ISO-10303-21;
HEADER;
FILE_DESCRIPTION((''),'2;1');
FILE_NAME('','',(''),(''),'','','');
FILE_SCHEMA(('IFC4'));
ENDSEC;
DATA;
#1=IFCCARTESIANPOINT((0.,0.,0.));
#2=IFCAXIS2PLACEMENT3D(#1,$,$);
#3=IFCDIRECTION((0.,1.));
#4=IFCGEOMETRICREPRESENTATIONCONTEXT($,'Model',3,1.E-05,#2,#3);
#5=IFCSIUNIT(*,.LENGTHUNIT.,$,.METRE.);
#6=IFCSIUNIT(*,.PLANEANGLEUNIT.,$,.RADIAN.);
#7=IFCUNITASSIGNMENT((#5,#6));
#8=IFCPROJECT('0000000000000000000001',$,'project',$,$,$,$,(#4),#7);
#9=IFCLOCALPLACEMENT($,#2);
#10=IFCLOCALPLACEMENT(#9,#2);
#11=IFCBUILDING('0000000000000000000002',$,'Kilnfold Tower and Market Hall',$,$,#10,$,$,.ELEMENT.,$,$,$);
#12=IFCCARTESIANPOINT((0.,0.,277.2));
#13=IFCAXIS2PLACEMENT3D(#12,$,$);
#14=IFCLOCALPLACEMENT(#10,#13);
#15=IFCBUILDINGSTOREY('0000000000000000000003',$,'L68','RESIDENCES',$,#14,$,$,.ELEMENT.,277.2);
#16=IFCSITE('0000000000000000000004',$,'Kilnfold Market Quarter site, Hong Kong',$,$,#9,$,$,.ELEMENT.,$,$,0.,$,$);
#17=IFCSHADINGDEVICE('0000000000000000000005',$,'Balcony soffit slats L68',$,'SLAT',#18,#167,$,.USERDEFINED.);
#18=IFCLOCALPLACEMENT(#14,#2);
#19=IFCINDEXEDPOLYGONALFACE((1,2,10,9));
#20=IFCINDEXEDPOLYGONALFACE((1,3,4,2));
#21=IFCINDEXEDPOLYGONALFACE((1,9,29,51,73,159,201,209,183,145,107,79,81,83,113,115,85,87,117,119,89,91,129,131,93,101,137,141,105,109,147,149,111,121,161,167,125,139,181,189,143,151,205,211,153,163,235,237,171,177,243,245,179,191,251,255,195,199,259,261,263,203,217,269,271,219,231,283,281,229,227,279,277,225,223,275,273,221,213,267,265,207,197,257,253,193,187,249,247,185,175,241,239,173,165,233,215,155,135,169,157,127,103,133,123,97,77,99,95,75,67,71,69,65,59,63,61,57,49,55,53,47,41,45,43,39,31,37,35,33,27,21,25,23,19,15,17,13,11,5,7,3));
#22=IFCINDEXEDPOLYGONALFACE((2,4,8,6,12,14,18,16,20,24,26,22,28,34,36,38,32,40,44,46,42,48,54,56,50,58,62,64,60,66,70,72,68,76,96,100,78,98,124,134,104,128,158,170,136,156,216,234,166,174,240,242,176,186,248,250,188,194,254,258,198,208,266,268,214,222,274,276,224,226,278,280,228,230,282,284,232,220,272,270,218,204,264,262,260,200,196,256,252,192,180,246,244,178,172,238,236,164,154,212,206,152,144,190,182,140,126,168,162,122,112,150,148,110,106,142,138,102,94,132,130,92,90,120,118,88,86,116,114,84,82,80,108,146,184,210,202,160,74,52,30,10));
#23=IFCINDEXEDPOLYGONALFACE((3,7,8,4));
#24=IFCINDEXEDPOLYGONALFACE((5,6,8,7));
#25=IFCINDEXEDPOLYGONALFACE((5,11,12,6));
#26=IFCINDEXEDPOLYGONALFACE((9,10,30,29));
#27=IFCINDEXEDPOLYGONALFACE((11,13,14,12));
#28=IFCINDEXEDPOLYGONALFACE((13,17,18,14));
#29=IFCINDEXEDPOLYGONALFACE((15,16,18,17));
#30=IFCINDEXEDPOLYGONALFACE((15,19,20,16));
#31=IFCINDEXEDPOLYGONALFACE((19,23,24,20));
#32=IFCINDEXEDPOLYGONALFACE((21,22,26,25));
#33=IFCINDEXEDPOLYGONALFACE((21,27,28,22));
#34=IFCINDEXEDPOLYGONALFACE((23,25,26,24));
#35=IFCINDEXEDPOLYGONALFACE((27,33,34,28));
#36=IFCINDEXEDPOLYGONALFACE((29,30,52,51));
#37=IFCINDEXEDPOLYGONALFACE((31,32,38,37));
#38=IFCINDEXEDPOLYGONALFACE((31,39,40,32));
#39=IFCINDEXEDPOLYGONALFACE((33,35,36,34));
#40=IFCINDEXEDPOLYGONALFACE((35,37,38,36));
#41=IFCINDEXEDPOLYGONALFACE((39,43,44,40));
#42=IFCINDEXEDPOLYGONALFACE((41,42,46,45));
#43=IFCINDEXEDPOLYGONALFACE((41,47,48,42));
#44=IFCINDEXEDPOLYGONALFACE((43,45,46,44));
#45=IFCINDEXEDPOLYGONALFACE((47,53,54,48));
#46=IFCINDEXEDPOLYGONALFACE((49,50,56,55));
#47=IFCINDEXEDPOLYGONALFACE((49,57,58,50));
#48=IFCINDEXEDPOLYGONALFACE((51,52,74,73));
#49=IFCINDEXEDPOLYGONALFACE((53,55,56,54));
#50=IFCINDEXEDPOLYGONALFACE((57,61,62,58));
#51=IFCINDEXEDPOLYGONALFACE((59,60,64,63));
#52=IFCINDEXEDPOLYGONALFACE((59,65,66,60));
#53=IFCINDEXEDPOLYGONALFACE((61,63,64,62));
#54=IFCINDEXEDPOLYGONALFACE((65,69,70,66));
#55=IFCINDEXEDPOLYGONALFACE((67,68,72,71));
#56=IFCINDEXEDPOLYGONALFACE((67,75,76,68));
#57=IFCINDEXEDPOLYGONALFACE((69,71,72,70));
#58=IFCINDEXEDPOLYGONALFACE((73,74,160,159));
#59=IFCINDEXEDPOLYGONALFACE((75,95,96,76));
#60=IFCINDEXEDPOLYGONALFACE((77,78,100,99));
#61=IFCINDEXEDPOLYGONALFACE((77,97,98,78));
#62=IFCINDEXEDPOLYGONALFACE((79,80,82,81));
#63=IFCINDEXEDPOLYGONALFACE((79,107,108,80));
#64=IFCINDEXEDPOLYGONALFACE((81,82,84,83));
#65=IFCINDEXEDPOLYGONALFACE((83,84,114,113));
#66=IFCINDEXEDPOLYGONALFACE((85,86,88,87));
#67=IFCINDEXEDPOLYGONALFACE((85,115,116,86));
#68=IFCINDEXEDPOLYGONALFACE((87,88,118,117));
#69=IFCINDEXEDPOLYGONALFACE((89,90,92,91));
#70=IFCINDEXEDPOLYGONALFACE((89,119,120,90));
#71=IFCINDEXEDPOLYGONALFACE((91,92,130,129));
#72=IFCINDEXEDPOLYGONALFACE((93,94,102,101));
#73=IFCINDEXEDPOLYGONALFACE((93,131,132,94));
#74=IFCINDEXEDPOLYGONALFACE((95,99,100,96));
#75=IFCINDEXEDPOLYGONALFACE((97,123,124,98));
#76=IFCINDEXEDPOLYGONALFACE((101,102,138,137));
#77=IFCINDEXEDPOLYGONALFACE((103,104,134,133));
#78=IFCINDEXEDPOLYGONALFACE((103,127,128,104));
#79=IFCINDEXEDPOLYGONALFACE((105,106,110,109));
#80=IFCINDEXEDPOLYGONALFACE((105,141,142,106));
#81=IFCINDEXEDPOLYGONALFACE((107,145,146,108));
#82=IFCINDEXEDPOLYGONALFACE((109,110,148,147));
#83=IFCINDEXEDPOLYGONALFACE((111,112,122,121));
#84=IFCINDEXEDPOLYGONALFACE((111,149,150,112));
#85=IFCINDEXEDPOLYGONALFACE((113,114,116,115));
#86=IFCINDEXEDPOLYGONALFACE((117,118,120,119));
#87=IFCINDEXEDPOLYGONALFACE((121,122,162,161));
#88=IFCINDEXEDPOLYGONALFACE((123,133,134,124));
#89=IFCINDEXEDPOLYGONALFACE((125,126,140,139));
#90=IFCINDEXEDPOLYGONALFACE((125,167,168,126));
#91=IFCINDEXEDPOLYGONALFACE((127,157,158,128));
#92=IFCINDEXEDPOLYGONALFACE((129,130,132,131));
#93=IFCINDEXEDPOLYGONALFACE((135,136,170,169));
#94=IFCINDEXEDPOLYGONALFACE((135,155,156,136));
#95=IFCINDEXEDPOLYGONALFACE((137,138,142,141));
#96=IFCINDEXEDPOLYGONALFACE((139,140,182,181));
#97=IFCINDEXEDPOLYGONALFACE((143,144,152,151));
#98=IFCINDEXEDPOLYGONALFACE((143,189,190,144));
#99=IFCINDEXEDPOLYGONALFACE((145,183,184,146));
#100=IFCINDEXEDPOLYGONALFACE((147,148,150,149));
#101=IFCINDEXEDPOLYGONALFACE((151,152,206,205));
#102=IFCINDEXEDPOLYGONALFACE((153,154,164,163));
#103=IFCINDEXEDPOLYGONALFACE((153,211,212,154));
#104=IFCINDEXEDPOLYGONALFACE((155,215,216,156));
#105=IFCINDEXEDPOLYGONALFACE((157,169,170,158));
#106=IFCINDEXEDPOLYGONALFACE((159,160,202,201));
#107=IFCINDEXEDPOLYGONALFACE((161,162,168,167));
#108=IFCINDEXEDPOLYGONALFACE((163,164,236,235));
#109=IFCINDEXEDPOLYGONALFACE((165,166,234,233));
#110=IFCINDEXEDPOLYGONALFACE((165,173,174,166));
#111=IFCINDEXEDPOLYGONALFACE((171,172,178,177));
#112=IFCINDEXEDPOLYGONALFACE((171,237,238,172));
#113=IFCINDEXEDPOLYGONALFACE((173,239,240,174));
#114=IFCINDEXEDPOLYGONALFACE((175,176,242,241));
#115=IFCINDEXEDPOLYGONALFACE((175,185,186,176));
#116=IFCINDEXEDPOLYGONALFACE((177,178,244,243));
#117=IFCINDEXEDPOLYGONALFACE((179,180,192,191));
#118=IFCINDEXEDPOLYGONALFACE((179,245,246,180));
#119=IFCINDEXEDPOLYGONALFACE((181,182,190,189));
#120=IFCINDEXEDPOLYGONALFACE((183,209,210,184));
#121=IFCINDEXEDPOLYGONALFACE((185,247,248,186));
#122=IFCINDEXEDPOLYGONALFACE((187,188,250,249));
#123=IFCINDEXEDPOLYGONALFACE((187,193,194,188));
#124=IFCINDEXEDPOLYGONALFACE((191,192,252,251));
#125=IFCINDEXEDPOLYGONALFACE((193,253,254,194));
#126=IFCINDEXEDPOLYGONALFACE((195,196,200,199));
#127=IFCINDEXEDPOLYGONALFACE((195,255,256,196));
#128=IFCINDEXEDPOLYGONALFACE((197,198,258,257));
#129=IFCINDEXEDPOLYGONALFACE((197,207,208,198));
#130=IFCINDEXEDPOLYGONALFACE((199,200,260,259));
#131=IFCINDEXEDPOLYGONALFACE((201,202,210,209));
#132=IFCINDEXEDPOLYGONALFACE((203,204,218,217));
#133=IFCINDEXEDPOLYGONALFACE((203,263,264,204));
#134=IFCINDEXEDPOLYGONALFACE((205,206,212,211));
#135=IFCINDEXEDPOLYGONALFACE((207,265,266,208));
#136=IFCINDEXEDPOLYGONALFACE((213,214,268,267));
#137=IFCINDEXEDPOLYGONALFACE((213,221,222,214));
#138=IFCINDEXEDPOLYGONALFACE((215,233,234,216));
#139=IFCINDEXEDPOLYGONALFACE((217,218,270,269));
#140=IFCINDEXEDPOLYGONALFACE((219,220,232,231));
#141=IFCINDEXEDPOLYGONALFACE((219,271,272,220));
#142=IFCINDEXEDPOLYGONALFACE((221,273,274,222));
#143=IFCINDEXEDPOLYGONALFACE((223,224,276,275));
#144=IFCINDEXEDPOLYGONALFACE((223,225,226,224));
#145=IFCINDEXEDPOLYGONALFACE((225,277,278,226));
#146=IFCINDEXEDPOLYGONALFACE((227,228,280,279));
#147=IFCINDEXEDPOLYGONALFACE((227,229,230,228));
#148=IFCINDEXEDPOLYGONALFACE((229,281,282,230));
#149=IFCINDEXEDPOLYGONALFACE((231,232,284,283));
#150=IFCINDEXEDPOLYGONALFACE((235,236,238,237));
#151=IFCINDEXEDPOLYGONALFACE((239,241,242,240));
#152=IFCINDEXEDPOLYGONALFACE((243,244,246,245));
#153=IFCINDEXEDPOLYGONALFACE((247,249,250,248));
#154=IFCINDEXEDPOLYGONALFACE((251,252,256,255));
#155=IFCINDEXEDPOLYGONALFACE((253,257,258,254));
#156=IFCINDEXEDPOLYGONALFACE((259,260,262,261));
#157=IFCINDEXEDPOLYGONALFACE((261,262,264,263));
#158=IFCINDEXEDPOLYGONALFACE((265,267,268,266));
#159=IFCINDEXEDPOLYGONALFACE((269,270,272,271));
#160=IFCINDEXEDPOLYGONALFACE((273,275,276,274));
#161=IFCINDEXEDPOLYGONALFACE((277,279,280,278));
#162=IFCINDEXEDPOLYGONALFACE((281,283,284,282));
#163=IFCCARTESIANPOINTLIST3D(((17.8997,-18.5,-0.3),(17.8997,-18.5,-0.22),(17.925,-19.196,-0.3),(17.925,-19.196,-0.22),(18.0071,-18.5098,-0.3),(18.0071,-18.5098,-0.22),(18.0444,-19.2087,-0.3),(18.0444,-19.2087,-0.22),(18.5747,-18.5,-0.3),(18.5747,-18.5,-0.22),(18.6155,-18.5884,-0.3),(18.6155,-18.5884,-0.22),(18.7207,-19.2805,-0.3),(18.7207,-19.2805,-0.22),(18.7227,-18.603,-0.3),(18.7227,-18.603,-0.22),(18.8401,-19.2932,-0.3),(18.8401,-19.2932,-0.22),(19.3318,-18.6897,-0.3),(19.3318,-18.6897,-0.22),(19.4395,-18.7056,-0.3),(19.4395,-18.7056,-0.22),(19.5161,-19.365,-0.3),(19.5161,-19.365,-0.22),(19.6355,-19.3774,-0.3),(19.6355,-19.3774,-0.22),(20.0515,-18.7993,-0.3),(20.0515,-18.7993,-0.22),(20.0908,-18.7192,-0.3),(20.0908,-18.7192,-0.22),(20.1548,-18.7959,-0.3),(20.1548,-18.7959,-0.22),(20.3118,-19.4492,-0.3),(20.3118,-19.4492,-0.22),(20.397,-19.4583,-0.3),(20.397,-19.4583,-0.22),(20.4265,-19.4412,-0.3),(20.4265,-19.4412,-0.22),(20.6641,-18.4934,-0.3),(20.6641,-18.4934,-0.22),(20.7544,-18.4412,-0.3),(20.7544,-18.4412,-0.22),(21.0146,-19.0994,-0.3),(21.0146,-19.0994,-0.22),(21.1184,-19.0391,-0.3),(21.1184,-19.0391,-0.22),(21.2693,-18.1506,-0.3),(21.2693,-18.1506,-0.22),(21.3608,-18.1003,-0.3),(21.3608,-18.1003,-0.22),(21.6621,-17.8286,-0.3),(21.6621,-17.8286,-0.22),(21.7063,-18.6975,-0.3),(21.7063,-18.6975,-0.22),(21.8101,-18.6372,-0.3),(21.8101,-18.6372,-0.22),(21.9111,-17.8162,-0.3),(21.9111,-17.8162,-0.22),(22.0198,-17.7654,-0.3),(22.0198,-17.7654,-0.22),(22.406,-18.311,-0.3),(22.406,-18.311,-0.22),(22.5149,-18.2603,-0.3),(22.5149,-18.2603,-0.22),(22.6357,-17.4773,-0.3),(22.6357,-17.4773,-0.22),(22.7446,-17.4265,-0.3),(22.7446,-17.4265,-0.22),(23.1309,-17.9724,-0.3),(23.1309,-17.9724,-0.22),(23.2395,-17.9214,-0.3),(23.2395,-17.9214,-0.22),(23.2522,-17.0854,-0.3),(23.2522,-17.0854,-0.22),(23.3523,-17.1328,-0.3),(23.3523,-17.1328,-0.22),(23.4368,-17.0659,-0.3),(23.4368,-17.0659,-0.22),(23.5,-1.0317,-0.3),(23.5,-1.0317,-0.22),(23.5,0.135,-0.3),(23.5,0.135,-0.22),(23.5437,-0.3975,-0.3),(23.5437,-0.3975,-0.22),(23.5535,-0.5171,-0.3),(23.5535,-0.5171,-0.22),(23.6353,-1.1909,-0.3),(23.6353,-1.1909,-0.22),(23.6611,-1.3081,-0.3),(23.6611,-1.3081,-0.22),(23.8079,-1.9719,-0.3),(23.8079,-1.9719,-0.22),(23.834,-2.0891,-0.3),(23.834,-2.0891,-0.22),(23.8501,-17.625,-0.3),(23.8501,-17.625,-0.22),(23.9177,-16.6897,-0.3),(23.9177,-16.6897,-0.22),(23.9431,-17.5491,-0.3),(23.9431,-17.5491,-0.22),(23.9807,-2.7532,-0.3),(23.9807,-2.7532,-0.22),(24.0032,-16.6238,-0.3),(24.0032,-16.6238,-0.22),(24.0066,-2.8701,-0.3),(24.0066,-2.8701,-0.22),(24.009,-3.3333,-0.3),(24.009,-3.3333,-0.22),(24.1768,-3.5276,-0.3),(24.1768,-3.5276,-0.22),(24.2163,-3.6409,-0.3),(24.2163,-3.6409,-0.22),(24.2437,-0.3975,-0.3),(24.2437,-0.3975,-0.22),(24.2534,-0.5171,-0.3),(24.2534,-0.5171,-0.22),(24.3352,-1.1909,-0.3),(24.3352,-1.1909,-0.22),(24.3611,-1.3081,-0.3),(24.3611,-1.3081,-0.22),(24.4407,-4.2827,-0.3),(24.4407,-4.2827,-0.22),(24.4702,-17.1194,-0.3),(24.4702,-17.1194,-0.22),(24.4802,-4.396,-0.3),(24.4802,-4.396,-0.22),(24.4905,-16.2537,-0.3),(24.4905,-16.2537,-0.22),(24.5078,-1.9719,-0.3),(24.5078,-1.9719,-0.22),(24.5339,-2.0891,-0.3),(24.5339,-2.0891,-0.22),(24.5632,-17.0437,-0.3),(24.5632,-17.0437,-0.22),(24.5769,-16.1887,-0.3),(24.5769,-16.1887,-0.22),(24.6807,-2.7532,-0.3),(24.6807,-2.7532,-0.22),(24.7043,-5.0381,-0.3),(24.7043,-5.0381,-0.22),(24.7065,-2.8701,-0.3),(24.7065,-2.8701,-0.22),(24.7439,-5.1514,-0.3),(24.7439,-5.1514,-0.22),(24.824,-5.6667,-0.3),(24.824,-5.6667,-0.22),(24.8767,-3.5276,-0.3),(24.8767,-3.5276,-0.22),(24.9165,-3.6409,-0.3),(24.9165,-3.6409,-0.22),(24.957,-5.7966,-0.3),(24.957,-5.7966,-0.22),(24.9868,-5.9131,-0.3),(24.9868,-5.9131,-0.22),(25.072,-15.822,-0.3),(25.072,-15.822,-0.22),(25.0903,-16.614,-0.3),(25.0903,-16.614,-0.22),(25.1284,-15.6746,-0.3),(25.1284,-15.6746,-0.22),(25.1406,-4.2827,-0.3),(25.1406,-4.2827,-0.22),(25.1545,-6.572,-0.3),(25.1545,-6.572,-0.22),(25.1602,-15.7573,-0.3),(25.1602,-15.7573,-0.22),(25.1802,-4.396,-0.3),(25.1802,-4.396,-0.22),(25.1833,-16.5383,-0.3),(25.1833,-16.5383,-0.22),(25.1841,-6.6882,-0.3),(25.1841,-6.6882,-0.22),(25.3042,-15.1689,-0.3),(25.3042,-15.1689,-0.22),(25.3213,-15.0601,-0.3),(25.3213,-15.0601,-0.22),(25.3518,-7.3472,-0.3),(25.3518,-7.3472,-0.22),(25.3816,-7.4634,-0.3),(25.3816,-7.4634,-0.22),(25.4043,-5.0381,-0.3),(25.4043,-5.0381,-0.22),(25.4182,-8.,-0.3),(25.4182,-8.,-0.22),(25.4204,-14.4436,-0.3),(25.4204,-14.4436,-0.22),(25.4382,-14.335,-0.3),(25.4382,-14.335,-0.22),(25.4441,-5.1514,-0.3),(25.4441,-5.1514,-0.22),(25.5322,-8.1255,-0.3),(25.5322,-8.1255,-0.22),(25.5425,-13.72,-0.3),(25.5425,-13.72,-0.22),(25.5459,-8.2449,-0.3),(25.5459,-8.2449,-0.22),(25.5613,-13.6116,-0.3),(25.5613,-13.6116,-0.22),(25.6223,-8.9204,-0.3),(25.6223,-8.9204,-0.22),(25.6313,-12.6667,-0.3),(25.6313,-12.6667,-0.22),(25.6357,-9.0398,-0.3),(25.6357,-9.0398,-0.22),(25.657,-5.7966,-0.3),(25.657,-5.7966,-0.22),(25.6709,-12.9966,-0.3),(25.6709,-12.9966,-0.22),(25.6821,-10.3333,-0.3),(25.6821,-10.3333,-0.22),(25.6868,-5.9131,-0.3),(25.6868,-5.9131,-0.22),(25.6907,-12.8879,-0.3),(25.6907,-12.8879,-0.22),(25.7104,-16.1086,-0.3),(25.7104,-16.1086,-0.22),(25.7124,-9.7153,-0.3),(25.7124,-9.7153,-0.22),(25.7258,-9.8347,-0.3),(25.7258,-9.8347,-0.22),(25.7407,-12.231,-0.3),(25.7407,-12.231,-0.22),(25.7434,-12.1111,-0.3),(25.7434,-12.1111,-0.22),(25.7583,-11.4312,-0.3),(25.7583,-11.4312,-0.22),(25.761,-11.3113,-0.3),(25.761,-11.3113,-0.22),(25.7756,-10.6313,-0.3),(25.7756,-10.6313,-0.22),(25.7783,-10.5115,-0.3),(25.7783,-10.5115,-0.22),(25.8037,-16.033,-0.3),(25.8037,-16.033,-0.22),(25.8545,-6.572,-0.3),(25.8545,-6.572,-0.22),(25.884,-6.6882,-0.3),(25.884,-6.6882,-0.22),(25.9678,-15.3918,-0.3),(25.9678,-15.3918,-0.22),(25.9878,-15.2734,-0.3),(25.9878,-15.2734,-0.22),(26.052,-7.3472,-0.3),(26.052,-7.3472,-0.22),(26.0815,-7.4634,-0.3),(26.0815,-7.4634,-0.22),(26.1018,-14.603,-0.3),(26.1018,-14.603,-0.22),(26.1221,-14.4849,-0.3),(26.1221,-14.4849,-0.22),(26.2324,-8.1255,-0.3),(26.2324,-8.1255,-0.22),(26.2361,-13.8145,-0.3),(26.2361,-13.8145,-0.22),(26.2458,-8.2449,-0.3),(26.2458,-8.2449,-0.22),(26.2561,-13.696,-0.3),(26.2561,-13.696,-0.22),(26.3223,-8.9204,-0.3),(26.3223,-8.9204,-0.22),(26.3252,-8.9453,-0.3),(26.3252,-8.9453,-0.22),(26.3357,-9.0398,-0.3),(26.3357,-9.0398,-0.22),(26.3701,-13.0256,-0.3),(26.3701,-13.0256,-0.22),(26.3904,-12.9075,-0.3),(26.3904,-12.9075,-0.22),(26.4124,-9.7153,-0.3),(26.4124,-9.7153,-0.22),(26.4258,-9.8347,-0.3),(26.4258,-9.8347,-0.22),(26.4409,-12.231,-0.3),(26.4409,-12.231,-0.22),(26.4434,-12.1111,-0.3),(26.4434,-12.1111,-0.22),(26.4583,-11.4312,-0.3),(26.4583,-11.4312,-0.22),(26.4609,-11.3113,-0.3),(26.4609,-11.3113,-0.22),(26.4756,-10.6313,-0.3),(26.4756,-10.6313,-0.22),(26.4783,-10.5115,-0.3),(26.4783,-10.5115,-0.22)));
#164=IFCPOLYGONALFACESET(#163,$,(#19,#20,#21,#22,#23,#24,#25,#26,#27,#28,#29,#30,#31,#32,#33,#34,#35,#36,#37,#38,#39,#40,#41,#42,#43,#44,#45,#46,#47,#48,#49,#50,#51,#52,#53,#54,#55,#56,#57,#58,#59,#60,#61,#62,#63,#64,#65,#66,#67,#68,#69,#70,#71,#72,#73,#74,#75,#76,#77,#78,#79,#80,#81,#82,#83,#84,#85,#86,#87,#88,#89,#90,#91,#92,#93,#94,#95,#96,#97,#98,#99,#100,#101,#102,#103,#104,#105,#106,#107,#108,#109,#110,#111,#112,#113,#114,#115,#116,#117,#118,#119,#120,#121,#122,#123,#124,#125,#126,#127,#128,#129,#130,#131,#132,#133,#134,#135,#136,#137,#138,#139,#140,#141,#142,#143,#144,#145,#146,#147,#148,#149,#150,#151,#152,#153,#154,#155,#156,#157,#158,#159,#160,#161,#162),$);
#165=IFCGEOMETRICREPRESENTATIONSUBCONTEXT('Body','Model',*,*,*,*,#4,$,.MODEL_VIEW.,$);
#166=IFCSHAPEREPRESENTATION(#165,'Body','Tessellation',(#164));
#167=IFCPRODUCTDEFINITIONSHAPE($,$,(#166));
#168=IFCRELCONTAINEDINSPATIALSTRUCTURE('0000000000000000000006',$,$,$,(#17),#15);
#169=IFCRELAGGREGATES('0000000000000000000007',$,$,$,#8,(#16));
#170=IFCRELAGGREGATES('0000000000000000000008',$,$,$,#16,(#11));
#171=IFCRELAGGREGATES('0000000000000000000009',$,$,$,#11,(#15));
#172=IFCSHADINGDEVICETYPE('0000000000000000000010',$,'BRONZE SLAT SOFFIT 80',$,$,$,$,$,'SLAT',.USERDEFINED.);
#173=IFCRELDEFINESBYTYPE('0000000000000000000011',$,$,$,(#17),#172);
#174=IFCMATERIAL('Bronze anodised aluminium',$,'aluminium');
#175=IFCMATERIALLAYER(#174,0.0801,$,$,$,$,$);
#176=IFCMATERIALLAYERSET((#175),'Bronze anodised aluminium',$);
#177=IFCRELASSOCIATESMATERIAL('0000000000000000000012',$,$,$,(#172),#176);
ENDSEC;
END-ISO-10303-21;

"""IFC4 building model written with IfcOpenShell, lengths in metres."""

from ifc_helpers import new_model, si_unit, direction, frame, origin, place, context, subcontext, project, spatial, polyline, outline, extrude, source, transform, mapped, material, layer, layer_set, type_object, element, save


model = new_model("IFC4")

# Units and contexts
model_context = context("Model", 3, precision=1e-05, world=origin(), true_north=direction((0.0, 1.0)))
body_context = subcontext(model_context, "Body", "Model", "MODEL_VIEW")
ifc_project = project(units=[si_unit("LENGTHUNIT", "METRE"), si_unit("PLANEANGLEUNIT", "RADIAN")], contexts=[model_context])

# Site, building, storey
site_placement = place(None, origin())
site = spatial("IfcSite", under=ifc_project, at=site_placement, Name="Kilnfold Market Quarter site, Hong Kong", CompositionType="ELEMENT", RefElevation=0.0)
building_placement = place(site_placement, origin())
building = spatial("IfcBuilding", under=site, at=building_placement, Name="Kilnfold Tower and Market Hall", CompositionType="ELEMENT")
storey_placement = place(building_placement, frame((0.0, 0.0, 277.2)))
storey = spatial("IfcBuildingStorey", under=building, at=storey_placement, Name="L68", Description="RESIDENCES", CompositionType="ELEMENT", Elevation=277.2)

# Shading device
ifc_material_1 = material(Name="Bronze anodised aluminium", Category="aluminium")
ifc_layer_1 = layer(ifc_material_1, 0.0801)
ifc_layer_set_1 = layer_set([ifc_layer_1], Name="Bronze anodised aluminium")
shading_device_type_1 = type_object("IfcShadingDeviceType", Name="BRONZE SLAT SOFFIT 80", ElementType="SLAT", PredefinedType="USERDEFINED", material=ifc_layer_set_1)
shared_shape_1 = source(origin(), body_context, "Body", "SweptSolid", [
    extrude(outline(polyline([(20.0908, -18.7192), (21.6621, -17.8286), (23.2522, -17.0854), (25.1284, -15.6746), (25.6313, -12.6667), (25.6821, -10.3333), (25.4182, -8.0), (24.824, -5.6667), (24.009, -3.3333), (23.5, -1.0317), (23.5, 0.135), (23.5437, -0.3975), (24.2437, -0.3975), (24.2534, -0.5171), (23.5535, -0.5171), (23.6353, -1.1909), (24.3352, -1.1909), (24.3611, -1.3081), (23.6611, -1.3081), (23.8079, -1.9719), (24.5078, -1.9719), (24.5339, -2.0891), (23.834, -2.0891), (23.9807, -2.7532), (24.6807, -2.7532), (24.7065, -2.8701), (24.0066, -2.8701), (24.1768, -3.5276), (24.8767, -3.5276), (24.9165, -3.6409), (24.2163, -3.6409), (24.4407, -4.2827), (25.1406, -4.2827), (25.1802, -4.396), (24.4802, -4.396), (24.7043, -5.0381), (25.4043, -5.0381), (25.4441, -5.1514), (24.7439, -5.1514), (24.957, -5.7966), (25.657, -5.7966), (25.6868, -5.9131), (24.9868, -5.9131), (25.1545, -6.572), (25.8545, -6.572), (25.884, -6.6882), (25.1841, -6.6882), (25.3518, -7.3472), (26.052, -7.3472), (26.0815, -7.4634), (25.3816, -7.4634), (25.5322, -8.1255), (26.2324, -8.1255), (26.2458, -8.2449), (25.5459, -8.2449), (25.6223, -8.9204), (26.3223, -8.9204), (26.3252, -8.9453), (26.3357, -9.0398), (25.6357, -9.0398), (25.7124, -9.7153), (26.4124, -9.7153), (26.4258, -9.8347), (25.7258, -9.8347), (25.7783, -10.5115), (26.4783, -10.5115), (26.4756, -10.6313), (25.7756, -10.6313), (25.761, -11.3113), (26.4609, -11.3113), (26.4583, -11.4312), (25.7583, -11.4312), (25.7434, -12.1111), (26.4434, -12.1111), (26.4409, -12.231), (25.7407, -12.231), (25.6907, -12.8879), (26.3904, -12.9075), (26.3701, -13.0256), (25.6709, -12.9966), (25.5613, -13.6116), (26.2561, -13.696), (26.2361, -13.8145), (25.5425, -13.72), (25.4382, -14.335), (26.1221, -14.4849), (26.1018, -14.603), (25.4204, -14.4436), (25.3213, -15.0601), (25.9878, -15.2734), (25.9678, -15.3918), (25.3042, -15.1689), (25.1602, -15.7573), (25.8037, -16.033), (25.7104, -16.1086), (25.072, -15.822), (24.5769, -16.1887), (25.1833, -16.5383), (25.0903, -16.614), (24.4905, -16.2537), (24.0032, -16.6238), (24.5632, -17.0437), (24.4702, -17.1194), (23.9177, -16.6897), (23.4368, -17.0659), (23.9431, -17.5491), (23.8501, -17.625), (23.3523, -17.1328), (22.7446, -17.4265), (23.2395, -17.9214), (23.1309, -17.9724), (22.6357, -17.4773), (22.0198, -17.7654), (22.5149, -18.2603), (22.406, -18.311), (21.9111, -17.8162), (21.3608, -18.1003), (21.8101, -18.6372), (21.7063, -18.6975), (21.2693, -18.1506), (20.7544, -18.4412), (21.1184, -19.0391), (21.0146, -19.0994), (20.6641, -18.4934), (20.1548, -18.7959), (20.4265, -19.4412), (20.397, -19.4583), (20.3118, -19.4492), (20.0515, -18.7993), (19.4395, -18.7056), (19.6355, -19.3774), (19.5161, -19.365), (19.3318, -18.6897), (18.7227, -18.603), (18.8401, -19.2932), (18.7207, -19.2805), (18.6155, -18.5884), (18.0071, -18.5098), (18.0444, -19.2087), (17.925, -19.196), (17.8997, -18.5), (18.5747, -18.5), (20.0908, -18.7192)])), origin(), (0.0, 0.0, 1.0), 0.0801),
])
shading_device_1_placement = place(storey_placement, frame((0.0, 0.0, -0.3)))
element("IfcShadingDevice", 1, at=shading_device_1_placement, inside=storey, type_object=shading_device_type_1, Name="Balcony soffit slats L68", ObjectType="SLAT", PredefinedType="USERDEFINED", context=body_context, shape_type="MappedRepresentation", body=[
    mapped(shared_shape_1, transform((0.0, 0.0, 0.0))),
])

save(model, "model.ifc")
